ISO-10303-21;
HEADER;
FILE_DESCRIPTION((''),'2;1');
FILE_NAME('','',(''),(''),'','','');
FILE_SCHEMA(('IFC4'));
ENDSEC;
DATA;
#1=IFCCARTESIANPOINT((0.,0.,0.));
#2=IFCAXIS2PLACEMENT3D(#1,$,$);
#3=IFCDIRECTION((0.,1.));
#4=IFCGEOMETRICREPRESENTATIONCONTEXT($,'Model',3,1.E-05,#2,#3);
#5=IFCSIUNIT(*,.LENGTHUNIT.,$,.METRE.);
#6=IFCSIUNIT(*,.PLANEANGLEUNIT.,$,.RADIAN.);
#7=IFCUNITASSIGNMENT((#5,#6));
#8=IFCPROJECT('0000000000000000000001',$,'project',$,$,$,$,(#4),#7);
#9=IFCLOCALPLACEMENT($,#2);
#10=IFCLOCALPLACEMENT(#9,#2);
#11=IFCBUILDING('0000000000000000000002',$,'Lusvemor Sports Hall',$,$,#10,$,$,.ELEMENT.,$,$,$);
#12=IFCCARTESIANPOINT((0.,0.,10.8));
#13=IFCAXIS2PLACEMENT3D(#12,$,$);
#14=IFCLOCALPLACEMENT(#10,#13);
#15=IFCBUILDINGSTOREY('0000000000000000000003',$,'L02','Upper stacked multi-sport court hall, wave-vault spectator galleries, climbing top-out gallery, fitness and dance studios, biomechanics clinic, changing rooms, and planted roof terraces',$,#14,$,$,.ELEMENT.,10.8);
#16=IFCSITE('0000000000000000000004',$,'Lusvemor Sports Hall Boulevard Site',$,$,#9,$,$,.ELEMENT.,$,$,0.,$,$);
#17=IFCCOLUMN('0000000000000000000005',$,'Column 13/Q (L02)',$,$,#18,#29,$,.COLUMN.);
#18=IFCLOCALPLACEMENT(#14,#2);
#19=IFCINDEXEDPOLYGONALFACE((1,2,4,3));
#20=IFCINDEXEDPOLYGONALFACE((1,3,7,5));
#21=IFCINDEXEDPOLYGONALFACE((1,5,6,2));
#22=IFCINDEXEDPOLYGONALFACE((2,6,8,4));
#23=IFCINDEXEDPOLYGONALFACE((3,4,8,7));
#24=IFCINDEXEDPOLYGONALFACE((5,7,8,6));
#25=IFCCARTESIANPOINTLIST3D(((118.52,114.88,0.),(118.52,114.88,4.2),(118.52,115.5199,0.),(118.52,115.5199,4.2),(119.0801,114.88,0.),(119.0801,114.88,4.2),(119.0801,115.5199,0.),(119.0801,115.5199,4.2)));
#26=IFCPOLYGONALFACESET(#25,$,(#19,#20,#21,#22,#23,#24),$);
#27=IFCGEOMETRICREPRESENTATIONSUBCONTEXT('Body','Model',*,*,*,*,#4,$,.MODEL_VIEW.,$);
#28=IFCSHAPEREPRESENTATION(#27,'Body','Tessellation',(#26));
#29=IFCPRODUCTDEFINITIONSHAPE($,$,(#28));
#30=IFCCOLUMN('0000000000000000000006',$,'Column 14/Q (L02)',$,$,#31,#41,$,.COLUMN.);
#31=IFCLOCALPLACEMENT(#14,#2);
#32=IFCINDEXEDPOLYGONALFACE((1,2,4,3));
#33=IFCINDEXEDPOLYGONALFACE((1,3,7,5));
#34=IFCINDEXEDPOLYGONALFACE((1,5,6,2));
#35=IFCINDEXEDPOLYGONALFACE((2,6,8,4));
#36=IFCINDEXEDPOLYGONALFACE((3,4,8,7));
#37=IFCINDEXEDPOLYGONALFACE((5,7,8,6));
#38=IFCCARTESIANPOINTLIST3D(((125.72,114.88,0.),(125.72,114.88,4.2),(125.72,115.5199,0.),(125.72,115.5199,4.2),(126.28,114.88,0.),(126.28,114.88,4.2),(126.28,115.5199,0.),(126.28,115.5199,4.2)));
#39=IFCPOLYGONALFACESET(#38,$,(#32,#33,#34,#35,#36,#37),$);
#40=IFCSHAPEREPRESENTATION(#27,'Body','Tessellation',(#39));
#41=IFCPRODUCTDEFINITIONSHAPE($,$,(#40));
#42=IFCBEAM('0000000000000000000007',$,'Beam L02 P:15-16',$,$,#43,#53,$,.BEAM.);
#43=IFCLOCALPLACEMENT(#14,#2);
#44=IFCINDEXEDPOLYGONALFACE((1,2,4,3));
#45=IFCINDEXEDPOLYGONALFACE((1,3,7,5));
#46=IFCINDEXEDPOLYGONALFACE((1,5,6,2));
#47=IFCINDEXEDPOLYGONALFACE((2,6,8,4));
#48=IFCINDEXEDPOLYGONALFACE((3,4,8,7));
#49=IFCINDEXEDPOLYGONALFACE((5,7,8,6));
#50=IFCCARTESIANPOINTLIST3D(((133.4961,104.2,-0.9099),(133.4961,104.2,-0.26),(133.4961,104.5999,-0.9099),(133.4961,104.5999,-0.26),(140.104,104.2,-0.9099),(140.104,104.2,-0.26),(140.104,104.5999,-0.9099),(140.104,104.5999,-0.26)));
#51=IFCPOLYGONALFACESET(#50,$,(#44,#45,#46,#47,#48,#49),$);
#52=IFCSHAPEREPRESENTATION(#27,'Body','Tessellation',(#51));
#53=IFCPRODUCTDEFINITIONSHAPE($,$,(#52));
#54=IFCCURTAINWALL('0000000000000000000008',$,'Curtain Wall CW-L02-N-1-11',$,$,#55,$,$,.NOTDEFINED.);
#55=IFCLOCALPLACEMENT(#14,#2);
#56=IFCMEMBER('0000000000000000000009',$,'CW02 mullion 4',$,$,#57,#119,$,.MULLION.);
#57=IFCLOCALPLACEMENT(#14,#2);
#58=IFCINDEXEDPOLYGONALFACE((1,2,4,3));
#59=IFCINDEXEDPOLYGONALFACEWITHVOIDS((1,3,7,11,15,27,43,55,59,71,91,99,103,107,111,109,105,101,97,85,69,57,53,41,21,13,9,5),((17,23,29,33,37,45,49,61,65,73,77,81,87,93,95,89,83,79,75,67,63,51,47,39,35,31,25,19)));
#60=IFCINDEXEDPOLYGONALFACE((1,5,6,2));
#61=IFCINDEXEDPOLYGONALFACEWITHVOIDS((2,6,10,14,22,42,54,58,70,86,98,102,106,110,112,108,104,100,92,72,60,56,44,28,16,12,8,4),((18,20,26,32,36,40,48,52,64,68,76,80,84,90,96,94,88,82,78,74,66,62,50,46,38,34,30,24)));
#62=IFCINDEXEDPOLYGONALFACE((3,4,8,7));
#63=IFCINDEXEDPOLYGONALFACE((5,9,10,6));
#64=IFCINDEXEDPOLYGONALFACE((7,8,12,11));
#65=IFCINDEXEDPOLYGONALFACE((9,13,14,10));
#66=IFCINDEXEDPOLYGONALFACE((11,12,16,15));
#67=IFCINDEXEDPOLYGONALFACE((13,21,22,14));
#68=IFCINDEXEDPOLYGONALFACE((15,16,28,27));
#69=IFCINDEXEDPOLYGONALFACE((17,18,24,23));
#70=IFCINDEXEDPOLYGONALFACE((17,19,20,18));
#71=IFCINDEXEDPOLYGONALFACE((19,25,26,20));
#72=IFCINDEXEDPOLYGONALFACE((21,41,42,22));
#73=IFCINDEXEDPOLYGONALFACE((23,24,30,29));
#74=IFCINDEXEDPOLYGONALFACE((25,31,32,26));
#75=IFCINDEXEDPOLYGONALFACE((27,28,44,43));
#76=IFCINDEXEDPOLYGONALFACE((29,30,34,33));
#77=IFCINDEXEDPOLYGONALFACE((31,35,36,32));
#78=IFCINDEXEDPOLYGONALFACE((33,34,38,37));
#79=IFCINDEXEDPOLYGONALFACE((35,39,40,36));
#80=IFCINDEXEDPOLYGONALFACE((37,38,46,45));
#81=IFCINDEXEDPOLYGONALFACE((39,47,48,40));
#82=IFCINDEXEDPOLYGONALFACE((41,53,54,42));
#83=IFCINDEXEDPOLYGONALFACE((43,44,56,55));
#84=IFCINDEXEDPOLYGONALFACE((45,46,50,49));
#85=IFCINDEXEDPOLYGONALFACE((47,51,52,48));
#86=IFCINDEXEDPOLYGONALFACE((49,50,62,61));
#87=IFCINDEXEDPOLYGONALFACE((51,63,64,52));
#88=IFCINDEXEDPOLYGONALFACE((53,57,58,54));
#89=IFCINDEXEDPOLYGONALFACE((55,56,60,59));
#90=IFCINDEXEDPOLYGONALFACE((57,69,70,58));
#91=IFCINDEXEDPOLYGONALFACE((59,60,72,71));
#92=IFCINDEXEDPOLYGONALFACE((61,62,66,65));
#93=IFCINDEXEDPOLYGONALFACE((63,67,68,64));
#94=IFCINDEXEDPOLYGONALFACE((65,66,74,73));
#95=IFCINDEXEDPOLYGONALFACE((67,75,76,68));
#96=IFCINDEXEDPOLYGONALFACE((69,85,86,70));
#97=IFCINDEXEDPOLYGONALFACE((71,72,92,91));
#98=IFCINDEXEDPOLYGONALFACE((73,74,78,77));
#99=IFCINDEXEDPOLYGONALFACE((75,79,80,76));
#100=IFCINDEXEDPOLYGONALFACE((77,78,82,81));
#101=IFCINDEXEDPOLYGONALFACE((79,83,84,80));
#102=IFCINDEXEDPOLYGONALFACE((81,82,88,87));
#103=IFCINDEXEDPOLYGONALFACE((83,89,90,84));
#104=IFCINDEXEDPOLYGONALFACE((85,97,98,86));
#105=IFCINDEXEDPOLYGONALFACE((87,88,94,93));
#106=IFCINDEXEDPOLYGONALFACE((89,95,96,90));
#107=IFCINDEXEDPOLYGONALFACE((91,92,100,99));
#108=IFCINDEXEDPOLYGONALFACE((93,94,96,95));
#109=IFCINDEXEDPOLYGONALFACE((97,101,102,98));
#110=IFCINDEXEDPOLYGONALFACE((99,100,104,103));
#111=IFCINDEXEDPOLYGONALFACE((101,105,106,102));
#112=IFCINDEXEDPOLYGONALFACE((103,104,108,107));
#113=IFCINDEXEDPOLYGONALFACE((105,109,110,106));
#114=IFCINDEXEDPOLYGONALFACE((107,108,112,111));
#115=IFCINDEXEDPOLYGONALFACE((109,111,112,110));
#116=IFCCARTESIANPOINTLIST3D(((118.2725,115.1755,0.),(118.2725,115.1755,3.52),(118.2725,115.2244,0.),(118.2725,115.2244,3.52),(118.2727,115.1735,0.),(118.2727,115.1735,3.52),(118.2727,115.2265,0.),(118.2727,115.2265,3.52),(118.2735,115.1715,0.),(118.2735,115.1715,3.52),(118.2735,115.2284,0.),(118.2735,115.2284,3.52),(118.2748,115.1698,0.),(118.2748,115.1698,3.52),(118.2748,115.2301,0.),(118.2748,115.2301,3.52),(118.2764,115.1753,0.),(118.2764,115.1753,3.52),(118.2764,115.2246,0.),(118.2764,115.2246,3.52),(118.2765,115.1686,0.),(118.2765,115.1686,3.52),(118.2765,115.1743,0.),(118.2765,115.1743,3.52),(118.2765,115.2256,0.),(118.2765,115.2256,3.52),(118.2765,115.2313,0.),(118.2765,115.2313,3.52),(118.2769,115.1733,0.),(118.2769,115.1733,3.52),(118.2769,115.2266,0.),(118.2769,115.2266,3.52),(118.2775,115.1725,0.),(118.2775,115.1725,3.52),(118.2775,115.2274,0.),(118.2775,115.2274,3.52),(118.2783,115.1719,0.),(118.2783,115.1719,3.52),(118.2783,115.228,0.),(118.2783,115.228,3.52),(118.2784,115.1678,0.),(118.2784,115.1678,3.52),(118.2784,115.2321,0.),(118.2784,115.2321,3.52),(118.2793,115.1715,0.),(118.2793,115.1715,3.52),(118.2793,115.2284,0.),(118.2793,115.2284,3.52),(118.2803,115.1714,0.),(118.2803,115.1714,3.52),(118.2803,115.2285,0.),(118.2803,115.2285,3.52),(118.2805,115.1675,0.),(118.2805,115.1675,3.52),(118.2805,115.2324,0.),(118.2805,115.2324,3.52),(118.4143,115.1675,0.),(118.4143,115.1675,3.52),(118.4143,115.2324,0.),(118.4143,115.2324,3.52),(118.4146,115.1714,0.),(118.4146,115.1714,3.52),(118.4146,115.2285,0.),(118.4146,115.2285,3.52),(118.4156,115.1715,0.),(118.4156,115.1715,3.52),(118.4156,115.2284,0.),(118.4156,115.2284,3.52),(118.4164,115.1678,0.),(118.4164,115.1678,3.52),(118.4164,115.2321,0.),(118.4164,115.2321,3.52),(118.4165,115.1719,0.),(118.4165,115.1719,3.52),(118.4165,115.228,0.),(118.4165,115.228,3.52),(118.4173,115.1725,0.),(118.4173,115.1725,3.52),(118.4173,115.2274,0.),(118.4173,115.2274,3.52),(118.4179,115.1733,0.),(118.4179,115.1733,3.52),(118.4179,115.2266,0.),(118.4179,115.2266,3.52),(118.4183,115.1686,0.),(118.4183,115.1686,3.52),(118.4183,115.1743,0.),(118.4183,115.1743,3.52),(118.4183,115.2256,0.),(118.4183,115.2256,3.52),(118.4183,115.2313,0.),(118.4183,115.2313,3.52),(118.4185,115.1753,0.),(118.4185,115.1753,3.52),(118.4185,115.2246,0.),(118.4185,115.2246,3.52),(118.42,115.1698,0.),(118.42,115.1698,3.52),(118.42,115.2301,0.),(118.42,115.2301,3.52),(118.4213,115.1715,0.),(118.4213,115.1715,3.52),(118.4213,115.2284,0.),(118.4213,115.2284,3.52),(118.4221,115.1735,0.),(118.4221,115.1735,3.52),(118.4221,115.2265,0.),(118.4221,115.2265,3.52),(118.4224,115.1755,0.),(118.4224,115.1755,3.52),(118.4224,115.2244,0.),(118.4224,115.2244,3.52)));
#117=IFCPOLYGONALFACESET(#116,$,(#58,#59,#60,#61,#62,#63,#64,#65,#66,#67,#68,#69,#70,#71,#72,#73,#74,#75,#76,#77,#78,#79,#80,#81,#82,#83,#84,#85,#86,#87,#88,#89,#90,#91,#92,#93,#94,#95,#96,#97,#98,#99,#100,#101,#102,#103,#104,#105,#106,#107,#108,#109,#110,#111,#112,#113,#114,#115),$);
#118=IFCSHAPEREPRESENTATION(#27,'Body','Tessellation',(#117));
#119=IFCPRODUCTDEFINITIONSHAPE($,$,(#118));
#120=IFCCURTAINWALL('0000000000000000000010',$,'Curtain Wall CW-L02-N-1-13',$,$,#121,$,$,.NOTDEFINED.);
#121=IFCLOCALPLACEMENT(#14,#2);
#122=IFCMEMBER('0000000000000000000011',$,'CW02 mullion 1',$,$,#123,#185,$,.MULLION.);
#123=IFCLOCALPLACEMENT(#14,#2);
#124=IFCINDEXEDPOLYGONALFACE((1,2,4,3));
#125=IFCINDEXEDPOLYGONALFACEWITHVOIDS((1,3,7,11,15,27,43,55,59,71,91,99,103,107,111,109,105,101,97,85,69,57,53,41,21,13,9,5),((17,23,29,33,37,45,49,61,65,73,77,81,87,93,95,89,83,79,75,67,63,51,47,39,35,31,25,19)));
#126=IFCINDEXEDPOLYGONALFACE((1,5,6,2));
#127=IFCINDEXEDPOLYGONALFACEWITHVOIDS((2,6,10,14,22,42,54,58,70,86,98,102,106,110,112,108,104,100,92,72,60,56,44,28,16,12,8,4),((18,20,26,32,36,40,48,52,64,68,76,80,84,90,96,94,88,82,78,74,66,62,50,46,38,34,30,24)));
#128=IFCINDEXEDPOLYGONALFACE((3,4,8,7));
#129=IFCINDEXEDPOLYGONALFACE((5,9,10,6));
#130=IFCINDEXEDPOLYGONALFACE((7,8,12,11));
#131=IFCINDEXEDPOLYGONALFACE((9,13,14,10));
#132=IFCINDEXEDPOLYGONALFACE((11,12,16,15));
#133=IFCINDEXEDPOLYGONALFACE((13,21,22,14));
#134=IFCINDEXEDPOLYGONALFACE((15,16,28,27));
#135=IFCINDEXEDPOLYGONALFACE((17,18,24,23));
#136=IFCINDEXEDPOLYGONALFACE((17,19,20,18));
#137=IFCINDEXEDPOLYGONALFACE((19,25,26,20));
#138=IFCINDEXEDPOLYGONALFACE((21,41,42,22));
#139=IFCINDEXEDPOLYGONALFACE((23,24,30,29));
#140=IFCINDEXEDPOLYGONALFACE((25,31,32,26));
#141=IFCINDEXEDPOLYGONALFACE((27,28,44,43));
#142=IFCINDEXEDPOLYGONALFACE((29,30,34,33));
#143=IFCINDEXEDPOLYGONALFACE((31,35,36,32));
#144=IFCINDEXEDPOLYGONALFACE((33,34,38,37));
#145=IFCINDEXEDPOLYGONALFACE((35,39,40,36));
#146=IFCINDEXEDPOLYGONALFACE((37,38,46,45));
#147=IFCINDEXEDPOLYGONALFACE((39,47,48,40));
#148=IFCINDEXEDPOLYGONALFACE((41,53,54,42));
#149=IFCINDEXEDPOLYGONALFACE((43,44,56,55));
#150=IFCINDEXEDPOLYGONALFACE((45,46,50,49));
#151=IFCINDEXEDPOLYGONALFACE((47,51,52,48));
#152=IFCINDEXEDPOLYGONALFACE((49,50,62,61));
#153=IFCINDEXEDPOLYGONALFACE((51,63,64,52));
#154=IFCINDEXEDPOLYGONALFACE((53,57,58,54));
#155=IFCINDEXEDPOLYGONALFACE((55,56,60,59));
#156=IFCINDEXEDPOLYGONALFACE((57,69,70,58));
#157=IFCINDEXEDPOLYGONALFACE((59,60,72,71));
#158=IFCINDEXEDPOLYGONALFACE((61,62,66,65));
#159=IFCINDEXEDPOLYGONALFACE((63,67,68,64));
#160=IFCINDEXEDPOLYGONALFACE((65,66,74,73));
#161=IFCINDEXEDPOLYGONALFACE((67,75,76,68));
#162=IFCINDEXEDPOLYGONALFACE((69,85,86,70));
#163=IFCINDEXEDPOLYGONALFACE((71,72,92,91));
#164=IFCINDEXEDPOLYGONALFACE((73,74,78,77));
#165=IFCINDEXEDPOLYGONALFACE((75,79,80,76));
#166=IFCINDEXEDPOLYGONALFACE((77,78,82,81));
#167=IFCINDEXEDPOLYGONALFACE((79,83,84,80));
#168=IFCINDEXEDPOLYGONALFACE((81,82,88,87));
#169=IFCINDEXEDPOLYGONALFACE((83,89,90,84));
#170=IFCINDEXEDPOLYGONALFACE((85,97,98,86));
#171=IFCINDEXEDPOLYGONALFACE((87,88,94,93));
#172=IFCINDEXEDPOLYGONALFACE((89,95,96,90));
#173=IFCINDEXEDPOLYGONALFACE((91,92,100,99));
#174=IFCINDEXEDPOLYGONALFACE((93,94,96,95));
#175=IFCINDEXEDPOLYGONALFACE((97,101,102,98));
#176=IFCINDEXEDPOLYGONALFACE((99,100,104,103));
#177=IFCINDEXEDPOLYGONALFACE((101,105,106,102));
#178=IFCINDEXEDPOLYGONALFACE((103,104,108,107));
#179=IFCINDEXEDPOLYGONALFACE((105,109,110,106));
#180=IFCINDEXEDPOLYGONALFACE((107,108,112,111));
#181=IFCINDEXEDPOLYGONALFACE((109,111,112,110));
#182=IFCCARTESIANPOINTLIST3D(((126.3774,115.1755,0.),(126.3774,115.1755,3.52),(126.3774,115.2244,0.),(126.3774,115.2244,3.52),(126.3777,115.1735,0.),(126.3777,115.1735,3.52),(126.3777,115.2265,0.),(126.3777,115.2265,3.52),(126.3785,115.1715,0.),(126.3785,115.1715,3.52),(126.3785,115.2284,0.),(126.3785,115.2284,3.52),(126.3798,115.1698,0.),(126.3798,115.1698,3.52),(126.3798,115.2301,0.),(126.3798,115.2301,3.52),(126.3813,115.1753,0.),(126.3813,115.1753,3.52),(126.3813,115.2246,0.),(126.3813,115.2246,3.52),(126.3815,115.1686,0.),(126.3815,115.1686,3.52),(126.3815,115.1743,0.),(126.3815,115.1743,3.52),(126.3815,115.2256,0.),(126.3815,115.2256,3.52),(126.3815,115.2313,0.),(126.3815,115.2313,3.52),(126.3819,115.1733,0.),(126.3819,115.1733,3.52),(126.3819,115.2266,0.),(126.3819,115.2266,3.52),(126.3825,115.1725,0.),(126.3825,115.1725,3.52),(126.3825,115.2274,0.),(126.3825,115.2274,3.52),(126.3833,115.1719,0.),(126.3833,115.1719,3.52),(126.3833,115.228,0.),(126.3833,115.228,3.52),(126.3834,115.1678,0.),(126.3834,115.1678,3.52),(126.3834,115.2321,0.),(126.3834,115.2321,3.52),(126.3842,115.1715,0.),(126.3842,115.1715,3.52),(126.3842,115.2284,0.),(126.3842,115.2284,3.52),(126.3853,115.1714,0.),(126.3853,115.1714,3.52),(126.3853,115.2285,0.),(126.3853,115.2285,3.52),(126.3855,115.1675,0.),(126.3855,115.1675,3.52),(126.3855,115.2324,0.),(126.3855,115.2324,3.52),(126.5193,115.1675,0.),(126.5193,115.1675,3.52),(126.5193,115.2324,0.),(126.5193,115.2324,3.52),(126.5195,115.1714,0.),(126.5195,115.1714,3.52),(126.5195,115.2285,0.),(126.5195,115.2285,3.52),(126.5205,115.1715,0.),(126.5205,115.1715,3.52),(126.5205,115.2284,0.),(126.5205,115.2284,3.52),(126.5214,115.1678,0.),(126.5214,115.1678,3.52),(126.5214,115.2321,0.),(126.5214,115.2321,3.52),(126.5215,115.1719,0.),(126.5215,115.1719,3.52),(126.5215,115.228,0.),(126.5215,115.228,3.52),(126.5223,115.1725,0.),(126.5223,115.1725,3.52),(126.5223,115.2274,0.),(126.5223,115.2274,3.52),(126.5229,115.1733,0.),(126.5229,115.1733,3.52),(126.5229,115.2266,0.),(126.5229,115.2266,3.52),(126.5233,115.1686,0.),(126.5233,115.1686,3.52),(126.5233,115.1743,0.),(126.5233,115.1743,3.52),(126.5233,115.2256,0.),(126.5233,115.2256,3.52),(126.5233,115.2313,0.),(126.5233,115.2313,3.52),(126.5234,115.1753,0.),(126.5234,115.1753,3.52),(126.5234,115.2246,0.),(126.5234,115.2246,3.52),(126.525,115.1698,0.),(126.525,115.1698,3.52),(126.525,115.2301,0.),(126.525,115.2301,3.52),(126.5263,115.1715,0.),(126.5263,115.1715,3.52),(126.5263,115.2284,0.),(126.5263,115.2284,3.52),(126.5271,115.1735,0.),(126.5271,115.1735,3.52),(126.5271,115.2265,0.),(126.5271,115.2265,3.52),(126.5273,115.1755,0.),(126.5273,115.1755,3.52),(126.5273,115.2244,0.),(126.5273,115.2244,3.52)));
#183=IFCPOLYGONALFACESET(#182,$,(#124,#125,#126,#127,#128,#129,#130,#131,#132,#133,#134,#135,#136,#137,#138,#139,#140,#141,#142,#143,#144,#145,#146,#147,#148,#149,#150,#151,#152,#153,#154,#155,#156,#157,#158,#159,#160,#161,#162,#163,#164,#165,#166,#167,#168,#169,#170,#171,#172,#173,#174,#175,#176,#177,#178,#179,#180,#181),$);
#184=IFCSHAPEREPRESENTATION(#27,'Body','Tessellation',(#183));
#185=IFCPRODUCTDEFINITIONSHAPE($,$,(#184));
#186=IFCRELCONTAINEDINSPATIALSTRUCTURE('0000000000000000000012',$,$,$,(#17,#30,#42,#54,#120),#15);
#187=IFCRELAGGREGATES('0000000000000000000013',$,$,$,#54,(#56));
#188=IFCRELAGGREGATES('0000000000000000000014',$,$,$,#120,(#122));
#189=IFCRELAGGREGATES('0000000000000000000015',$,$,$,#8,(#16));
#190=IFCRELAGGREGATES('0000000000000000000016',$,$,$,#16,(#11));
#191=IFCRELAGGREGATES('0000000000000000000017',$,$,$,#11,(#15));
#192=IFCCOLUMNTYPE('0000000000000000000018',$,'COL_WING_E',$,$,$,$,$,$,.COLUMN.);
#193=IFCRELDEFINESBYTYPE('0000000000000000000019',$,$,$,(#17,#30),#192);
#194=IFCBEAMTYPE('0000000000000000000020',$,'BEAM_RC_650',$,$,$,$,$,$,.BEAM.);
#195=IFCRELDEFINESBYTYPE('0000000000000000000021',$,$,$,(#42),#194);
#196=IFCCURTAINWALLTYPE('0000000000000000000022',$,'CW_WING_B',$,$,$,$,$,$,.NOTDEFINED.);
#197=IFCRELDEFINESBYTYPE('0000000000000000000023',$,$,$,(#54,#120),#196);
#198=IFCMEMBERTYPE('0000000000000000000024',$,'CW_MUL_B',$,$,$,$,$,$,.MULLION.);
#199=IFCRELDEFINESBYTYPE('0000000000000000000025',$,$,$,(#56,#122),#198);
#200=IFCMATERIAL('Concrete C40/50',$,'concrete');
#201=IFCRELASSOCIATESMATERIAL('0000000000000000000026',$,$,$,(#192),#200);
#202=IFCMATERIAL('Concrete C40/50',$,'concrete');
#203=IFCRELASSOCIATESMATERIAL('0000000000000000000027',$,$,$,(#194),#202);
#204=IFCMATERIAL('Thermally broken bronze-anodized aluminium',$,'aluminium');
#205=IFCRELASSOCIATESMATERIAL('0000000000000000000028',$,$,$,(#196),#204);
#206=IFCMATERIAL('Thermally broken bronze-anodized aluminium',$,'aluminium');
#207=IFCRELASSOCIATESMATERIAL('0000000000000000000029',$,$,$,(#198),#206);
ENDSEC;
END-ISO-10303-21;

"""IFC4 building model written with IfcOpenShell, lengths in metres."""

from ifc_helpers import new_model, si_unit, direction, frame, origin, origin_2d, place, context, subcontext, project, spatial, rectangle, hollow_rectangle, extrude, material, material_profile, profile_set, type_object, element, aggregate, save


model = new_model("IFC4")

# Units and contexts
model_context = context("Model", 3, precision=1e-05, world=origin(), true_north=direction((0.0, 1.0)))
body_context = subcontext(model_context, "Body", "Model", "MODEL_VIEW")
ifc_project = project(units=[si_unit("LENGTHUNIT", "METRE"), si_unit("PLANEANGLEUNIT", "RADIAN")], contexts=[model_context])

# Site, building, storey
site_placement = place(None, origin())
site = spatial("IfcSite", under=ifc_project, at=site_placement, Name="Lusvemor Sports Hall Boulevard Site", CompositionType="ELEMENT", RefElevation=0.0)
building_placement = place(site_placement, origin())
building = spatial("IfcBuilding", under=site, at=building_placement, Name="Lusvemor Sports Hall", CompositionType="ELEMENT")
storey_placement = place(building_placement, frame((0.0, 0.0, 10.8)))
storey = spatial("IfcBuildingStorey", under=building, at=storey_placement, Name="L02", Description="Upper stacked multi-sport court hall, wave-vault spectator galleries, climbing top-out gallery, fitness and dance studios, biomechanics clinic, changing rooms, and planted roof terraces", CompositionType="ELEMENT", Elevation=10.8)

# Columns
ifc_material_1 = material(Name="Concrete C40/50", Category="concrete")
ifc_material_profile_1 = material_profile(ifc_material_1, rectangle(XDim=0.5601, YDim=0.6399, at=origin_2d()), Name="RC560x640")
ifc_profile_set_1 = profile_set([ifc_material_profile_1], Name="Concrete C40/50")
column_type = type_object("IfcColumnType", Name="COL_WING_E", PredefinedType="COLUMN", material=ifc_profile_set_1)
for number, where, z_axis, x_axis, name in (
    (1, (118.8, 115.2, 0.0), (0.0, 0.0, 1.0), (1.0, 0.0, 0.0), "Column 13/Q (L02)"),
    (2, (126.0, 115.2, 0.0), (0.0, 0.0, 1.0), (1.0, 0.0, 0.0), "Column 14/Q (L02)"),
):
    element("IfcColumn", number, at=place(storey_placement, frame(where, z_axis=z_axis, x_axis=x_axis)), inside=storey, type_object=column_type, Name=name, PredefinedType="COLUMN", context=body_context, shape_type="SweptSolid", body=[
        extrude(rectangle(XDim=0.5601, YDim=0.6399, at=origin_2d()), origin(), (0.0, 0.0, 1.0), 4.2),
    ])

# Beam
ifc_material_2 = material(Name="Concrete C40/50", Category="concrete")
ifc_material_profile_2 = material_profile(ifc_material_2, rectangle(XDim=0.3999, YDim=0.6499, at=origin_2d()), Name="RC400x650")
ifc_profile_set_2 = profile_set([ifc_material_profile_2], Name="Concrete C40/50")
beam_type_1 = type_object("IfcBeamType", Name="BEAM_RC_650", PredefinedType="BEAM", material=ifc_profile_set_2)
beam_1_placement = place(storey_placement, frame((133.4961, 104.3999, -0.585), z_axis=(1.0, 0.0, 0.0), x_axis=(0.0, 1.0, 0.0)))
element("IfcBeam", 3, at=beam_1_placement, inside=storey, type_object=beam_type_1, Name="Beam L02 P:15-16", PredefinedType="BEAM", context=body_context, shape_type="SweptSolid", body=[
    extrude(rectangle(XDim=0.3999, YDim=0.6499, at=origin_2d()), origin(), (0.0, 0.0, 1.0), 6.6079),
])

# Curtain wall, member
ifc_material_3 = material(Name="Thermally broken bronze-anodized aluminium", Category="aluminium")
curtain_wall_type = type_object("IfcCurtainWallType", Name="CW_WING_B", PredefinedType="NOTDEFINED", material=ifc_material_3)
curtain_wall_1_placement = place(storey_placement, origin())
curtain_wall_1 = element("IfcCurtainWall", 4, at=curtain_wall_1_placement, inside=storey, type_object=curtain_wall_type, Name="Curtain Wall CW-L02-N-1-11", PredefinedType="NOTDEFINED")
ifc_material_4 = material(Name="Thermally broken bronze-anodized aluminium", Category="aluminium")
ifc_material_profile_3 = material_profile(ifc_material_4, hollow_rectangle(XDim=0.0649, YDim=0.1499, WallThickness=0.0039, InnerFilletRadius=0.0039, OuterFilletRadius=0.0081, at=origin_2d()), Name="CWMUL150x65x4")
ifc_profile_set_3 = profile_set([ifc_material_profile_3], Name="Thermally broken bronze-anodized aluminium")
member_type_1 = type_object("IfcMemberType", Name="CW_MUL_B", PredefinedType="MULLION", material=ifc_profile_set_3)
member_1_placement = place(storey_placement, frame((118.3474, 115.2, 0.0), z_axis=(0.0, 0.0, 1.0), x_axis=(0.0, 1.0, 0.0)))
member_1 = element("IfcMember", 5, at=member_1_placement, type_object=member_type_1, Name="CW02 mullion 4", PredefinedType="MULLION", context=body_context, shape_type="SweptSolid", body=[
    extrude(hollow_rectangle(XDim=0.0649, YDim=0.1499, WallThickness=0.0039, InnerFilletRadius=0.0039, OuterFilletRadius=0.0081, at=origin_2d()), origin(), (0.0, 0.0, 1.0), 3.52),
])

# Curtain wall, member
curtain_wall_2_placement = place(storey_placement, origin())
curtain_wall_2 = element("IfcCurtainWall", 6, at=curtain_wall_2_placement, inside=storey, type_object=curtain_wall_type, Name="Curtain Wall CW-L02-N-1-13", PredefinedType="NOTDEFINED")
member_2_placement = place(storey_placement, frame((126.4524, 115.2, 0.0), z_axis=(0.0, 0.0, 1.0), x_axis=(0.0, 1.0, 0.0)))
member_2 = element("IfcMember", 7, at=member_2_placement, type_object=member_type_1, Name="CW02 mullion 1", PredefinedType="MULLION", context=body_context, shape_type="SweptSolid", body=[
    extrude(hollow_rectangle(XDim=0.0649, YDim=0.1499, WallThickness=0.0039, InnerFilletRadius=0.0039, OuterFilletRadius=0.0081, at=origin_2d()), origin(), (0.0, 0.0, 1.0), 3.52),
])

aggregate(curtain_wall_1, [member_1])
aggregate(curtain_wall_2, [member_2])

save(model, "model.ifc")
